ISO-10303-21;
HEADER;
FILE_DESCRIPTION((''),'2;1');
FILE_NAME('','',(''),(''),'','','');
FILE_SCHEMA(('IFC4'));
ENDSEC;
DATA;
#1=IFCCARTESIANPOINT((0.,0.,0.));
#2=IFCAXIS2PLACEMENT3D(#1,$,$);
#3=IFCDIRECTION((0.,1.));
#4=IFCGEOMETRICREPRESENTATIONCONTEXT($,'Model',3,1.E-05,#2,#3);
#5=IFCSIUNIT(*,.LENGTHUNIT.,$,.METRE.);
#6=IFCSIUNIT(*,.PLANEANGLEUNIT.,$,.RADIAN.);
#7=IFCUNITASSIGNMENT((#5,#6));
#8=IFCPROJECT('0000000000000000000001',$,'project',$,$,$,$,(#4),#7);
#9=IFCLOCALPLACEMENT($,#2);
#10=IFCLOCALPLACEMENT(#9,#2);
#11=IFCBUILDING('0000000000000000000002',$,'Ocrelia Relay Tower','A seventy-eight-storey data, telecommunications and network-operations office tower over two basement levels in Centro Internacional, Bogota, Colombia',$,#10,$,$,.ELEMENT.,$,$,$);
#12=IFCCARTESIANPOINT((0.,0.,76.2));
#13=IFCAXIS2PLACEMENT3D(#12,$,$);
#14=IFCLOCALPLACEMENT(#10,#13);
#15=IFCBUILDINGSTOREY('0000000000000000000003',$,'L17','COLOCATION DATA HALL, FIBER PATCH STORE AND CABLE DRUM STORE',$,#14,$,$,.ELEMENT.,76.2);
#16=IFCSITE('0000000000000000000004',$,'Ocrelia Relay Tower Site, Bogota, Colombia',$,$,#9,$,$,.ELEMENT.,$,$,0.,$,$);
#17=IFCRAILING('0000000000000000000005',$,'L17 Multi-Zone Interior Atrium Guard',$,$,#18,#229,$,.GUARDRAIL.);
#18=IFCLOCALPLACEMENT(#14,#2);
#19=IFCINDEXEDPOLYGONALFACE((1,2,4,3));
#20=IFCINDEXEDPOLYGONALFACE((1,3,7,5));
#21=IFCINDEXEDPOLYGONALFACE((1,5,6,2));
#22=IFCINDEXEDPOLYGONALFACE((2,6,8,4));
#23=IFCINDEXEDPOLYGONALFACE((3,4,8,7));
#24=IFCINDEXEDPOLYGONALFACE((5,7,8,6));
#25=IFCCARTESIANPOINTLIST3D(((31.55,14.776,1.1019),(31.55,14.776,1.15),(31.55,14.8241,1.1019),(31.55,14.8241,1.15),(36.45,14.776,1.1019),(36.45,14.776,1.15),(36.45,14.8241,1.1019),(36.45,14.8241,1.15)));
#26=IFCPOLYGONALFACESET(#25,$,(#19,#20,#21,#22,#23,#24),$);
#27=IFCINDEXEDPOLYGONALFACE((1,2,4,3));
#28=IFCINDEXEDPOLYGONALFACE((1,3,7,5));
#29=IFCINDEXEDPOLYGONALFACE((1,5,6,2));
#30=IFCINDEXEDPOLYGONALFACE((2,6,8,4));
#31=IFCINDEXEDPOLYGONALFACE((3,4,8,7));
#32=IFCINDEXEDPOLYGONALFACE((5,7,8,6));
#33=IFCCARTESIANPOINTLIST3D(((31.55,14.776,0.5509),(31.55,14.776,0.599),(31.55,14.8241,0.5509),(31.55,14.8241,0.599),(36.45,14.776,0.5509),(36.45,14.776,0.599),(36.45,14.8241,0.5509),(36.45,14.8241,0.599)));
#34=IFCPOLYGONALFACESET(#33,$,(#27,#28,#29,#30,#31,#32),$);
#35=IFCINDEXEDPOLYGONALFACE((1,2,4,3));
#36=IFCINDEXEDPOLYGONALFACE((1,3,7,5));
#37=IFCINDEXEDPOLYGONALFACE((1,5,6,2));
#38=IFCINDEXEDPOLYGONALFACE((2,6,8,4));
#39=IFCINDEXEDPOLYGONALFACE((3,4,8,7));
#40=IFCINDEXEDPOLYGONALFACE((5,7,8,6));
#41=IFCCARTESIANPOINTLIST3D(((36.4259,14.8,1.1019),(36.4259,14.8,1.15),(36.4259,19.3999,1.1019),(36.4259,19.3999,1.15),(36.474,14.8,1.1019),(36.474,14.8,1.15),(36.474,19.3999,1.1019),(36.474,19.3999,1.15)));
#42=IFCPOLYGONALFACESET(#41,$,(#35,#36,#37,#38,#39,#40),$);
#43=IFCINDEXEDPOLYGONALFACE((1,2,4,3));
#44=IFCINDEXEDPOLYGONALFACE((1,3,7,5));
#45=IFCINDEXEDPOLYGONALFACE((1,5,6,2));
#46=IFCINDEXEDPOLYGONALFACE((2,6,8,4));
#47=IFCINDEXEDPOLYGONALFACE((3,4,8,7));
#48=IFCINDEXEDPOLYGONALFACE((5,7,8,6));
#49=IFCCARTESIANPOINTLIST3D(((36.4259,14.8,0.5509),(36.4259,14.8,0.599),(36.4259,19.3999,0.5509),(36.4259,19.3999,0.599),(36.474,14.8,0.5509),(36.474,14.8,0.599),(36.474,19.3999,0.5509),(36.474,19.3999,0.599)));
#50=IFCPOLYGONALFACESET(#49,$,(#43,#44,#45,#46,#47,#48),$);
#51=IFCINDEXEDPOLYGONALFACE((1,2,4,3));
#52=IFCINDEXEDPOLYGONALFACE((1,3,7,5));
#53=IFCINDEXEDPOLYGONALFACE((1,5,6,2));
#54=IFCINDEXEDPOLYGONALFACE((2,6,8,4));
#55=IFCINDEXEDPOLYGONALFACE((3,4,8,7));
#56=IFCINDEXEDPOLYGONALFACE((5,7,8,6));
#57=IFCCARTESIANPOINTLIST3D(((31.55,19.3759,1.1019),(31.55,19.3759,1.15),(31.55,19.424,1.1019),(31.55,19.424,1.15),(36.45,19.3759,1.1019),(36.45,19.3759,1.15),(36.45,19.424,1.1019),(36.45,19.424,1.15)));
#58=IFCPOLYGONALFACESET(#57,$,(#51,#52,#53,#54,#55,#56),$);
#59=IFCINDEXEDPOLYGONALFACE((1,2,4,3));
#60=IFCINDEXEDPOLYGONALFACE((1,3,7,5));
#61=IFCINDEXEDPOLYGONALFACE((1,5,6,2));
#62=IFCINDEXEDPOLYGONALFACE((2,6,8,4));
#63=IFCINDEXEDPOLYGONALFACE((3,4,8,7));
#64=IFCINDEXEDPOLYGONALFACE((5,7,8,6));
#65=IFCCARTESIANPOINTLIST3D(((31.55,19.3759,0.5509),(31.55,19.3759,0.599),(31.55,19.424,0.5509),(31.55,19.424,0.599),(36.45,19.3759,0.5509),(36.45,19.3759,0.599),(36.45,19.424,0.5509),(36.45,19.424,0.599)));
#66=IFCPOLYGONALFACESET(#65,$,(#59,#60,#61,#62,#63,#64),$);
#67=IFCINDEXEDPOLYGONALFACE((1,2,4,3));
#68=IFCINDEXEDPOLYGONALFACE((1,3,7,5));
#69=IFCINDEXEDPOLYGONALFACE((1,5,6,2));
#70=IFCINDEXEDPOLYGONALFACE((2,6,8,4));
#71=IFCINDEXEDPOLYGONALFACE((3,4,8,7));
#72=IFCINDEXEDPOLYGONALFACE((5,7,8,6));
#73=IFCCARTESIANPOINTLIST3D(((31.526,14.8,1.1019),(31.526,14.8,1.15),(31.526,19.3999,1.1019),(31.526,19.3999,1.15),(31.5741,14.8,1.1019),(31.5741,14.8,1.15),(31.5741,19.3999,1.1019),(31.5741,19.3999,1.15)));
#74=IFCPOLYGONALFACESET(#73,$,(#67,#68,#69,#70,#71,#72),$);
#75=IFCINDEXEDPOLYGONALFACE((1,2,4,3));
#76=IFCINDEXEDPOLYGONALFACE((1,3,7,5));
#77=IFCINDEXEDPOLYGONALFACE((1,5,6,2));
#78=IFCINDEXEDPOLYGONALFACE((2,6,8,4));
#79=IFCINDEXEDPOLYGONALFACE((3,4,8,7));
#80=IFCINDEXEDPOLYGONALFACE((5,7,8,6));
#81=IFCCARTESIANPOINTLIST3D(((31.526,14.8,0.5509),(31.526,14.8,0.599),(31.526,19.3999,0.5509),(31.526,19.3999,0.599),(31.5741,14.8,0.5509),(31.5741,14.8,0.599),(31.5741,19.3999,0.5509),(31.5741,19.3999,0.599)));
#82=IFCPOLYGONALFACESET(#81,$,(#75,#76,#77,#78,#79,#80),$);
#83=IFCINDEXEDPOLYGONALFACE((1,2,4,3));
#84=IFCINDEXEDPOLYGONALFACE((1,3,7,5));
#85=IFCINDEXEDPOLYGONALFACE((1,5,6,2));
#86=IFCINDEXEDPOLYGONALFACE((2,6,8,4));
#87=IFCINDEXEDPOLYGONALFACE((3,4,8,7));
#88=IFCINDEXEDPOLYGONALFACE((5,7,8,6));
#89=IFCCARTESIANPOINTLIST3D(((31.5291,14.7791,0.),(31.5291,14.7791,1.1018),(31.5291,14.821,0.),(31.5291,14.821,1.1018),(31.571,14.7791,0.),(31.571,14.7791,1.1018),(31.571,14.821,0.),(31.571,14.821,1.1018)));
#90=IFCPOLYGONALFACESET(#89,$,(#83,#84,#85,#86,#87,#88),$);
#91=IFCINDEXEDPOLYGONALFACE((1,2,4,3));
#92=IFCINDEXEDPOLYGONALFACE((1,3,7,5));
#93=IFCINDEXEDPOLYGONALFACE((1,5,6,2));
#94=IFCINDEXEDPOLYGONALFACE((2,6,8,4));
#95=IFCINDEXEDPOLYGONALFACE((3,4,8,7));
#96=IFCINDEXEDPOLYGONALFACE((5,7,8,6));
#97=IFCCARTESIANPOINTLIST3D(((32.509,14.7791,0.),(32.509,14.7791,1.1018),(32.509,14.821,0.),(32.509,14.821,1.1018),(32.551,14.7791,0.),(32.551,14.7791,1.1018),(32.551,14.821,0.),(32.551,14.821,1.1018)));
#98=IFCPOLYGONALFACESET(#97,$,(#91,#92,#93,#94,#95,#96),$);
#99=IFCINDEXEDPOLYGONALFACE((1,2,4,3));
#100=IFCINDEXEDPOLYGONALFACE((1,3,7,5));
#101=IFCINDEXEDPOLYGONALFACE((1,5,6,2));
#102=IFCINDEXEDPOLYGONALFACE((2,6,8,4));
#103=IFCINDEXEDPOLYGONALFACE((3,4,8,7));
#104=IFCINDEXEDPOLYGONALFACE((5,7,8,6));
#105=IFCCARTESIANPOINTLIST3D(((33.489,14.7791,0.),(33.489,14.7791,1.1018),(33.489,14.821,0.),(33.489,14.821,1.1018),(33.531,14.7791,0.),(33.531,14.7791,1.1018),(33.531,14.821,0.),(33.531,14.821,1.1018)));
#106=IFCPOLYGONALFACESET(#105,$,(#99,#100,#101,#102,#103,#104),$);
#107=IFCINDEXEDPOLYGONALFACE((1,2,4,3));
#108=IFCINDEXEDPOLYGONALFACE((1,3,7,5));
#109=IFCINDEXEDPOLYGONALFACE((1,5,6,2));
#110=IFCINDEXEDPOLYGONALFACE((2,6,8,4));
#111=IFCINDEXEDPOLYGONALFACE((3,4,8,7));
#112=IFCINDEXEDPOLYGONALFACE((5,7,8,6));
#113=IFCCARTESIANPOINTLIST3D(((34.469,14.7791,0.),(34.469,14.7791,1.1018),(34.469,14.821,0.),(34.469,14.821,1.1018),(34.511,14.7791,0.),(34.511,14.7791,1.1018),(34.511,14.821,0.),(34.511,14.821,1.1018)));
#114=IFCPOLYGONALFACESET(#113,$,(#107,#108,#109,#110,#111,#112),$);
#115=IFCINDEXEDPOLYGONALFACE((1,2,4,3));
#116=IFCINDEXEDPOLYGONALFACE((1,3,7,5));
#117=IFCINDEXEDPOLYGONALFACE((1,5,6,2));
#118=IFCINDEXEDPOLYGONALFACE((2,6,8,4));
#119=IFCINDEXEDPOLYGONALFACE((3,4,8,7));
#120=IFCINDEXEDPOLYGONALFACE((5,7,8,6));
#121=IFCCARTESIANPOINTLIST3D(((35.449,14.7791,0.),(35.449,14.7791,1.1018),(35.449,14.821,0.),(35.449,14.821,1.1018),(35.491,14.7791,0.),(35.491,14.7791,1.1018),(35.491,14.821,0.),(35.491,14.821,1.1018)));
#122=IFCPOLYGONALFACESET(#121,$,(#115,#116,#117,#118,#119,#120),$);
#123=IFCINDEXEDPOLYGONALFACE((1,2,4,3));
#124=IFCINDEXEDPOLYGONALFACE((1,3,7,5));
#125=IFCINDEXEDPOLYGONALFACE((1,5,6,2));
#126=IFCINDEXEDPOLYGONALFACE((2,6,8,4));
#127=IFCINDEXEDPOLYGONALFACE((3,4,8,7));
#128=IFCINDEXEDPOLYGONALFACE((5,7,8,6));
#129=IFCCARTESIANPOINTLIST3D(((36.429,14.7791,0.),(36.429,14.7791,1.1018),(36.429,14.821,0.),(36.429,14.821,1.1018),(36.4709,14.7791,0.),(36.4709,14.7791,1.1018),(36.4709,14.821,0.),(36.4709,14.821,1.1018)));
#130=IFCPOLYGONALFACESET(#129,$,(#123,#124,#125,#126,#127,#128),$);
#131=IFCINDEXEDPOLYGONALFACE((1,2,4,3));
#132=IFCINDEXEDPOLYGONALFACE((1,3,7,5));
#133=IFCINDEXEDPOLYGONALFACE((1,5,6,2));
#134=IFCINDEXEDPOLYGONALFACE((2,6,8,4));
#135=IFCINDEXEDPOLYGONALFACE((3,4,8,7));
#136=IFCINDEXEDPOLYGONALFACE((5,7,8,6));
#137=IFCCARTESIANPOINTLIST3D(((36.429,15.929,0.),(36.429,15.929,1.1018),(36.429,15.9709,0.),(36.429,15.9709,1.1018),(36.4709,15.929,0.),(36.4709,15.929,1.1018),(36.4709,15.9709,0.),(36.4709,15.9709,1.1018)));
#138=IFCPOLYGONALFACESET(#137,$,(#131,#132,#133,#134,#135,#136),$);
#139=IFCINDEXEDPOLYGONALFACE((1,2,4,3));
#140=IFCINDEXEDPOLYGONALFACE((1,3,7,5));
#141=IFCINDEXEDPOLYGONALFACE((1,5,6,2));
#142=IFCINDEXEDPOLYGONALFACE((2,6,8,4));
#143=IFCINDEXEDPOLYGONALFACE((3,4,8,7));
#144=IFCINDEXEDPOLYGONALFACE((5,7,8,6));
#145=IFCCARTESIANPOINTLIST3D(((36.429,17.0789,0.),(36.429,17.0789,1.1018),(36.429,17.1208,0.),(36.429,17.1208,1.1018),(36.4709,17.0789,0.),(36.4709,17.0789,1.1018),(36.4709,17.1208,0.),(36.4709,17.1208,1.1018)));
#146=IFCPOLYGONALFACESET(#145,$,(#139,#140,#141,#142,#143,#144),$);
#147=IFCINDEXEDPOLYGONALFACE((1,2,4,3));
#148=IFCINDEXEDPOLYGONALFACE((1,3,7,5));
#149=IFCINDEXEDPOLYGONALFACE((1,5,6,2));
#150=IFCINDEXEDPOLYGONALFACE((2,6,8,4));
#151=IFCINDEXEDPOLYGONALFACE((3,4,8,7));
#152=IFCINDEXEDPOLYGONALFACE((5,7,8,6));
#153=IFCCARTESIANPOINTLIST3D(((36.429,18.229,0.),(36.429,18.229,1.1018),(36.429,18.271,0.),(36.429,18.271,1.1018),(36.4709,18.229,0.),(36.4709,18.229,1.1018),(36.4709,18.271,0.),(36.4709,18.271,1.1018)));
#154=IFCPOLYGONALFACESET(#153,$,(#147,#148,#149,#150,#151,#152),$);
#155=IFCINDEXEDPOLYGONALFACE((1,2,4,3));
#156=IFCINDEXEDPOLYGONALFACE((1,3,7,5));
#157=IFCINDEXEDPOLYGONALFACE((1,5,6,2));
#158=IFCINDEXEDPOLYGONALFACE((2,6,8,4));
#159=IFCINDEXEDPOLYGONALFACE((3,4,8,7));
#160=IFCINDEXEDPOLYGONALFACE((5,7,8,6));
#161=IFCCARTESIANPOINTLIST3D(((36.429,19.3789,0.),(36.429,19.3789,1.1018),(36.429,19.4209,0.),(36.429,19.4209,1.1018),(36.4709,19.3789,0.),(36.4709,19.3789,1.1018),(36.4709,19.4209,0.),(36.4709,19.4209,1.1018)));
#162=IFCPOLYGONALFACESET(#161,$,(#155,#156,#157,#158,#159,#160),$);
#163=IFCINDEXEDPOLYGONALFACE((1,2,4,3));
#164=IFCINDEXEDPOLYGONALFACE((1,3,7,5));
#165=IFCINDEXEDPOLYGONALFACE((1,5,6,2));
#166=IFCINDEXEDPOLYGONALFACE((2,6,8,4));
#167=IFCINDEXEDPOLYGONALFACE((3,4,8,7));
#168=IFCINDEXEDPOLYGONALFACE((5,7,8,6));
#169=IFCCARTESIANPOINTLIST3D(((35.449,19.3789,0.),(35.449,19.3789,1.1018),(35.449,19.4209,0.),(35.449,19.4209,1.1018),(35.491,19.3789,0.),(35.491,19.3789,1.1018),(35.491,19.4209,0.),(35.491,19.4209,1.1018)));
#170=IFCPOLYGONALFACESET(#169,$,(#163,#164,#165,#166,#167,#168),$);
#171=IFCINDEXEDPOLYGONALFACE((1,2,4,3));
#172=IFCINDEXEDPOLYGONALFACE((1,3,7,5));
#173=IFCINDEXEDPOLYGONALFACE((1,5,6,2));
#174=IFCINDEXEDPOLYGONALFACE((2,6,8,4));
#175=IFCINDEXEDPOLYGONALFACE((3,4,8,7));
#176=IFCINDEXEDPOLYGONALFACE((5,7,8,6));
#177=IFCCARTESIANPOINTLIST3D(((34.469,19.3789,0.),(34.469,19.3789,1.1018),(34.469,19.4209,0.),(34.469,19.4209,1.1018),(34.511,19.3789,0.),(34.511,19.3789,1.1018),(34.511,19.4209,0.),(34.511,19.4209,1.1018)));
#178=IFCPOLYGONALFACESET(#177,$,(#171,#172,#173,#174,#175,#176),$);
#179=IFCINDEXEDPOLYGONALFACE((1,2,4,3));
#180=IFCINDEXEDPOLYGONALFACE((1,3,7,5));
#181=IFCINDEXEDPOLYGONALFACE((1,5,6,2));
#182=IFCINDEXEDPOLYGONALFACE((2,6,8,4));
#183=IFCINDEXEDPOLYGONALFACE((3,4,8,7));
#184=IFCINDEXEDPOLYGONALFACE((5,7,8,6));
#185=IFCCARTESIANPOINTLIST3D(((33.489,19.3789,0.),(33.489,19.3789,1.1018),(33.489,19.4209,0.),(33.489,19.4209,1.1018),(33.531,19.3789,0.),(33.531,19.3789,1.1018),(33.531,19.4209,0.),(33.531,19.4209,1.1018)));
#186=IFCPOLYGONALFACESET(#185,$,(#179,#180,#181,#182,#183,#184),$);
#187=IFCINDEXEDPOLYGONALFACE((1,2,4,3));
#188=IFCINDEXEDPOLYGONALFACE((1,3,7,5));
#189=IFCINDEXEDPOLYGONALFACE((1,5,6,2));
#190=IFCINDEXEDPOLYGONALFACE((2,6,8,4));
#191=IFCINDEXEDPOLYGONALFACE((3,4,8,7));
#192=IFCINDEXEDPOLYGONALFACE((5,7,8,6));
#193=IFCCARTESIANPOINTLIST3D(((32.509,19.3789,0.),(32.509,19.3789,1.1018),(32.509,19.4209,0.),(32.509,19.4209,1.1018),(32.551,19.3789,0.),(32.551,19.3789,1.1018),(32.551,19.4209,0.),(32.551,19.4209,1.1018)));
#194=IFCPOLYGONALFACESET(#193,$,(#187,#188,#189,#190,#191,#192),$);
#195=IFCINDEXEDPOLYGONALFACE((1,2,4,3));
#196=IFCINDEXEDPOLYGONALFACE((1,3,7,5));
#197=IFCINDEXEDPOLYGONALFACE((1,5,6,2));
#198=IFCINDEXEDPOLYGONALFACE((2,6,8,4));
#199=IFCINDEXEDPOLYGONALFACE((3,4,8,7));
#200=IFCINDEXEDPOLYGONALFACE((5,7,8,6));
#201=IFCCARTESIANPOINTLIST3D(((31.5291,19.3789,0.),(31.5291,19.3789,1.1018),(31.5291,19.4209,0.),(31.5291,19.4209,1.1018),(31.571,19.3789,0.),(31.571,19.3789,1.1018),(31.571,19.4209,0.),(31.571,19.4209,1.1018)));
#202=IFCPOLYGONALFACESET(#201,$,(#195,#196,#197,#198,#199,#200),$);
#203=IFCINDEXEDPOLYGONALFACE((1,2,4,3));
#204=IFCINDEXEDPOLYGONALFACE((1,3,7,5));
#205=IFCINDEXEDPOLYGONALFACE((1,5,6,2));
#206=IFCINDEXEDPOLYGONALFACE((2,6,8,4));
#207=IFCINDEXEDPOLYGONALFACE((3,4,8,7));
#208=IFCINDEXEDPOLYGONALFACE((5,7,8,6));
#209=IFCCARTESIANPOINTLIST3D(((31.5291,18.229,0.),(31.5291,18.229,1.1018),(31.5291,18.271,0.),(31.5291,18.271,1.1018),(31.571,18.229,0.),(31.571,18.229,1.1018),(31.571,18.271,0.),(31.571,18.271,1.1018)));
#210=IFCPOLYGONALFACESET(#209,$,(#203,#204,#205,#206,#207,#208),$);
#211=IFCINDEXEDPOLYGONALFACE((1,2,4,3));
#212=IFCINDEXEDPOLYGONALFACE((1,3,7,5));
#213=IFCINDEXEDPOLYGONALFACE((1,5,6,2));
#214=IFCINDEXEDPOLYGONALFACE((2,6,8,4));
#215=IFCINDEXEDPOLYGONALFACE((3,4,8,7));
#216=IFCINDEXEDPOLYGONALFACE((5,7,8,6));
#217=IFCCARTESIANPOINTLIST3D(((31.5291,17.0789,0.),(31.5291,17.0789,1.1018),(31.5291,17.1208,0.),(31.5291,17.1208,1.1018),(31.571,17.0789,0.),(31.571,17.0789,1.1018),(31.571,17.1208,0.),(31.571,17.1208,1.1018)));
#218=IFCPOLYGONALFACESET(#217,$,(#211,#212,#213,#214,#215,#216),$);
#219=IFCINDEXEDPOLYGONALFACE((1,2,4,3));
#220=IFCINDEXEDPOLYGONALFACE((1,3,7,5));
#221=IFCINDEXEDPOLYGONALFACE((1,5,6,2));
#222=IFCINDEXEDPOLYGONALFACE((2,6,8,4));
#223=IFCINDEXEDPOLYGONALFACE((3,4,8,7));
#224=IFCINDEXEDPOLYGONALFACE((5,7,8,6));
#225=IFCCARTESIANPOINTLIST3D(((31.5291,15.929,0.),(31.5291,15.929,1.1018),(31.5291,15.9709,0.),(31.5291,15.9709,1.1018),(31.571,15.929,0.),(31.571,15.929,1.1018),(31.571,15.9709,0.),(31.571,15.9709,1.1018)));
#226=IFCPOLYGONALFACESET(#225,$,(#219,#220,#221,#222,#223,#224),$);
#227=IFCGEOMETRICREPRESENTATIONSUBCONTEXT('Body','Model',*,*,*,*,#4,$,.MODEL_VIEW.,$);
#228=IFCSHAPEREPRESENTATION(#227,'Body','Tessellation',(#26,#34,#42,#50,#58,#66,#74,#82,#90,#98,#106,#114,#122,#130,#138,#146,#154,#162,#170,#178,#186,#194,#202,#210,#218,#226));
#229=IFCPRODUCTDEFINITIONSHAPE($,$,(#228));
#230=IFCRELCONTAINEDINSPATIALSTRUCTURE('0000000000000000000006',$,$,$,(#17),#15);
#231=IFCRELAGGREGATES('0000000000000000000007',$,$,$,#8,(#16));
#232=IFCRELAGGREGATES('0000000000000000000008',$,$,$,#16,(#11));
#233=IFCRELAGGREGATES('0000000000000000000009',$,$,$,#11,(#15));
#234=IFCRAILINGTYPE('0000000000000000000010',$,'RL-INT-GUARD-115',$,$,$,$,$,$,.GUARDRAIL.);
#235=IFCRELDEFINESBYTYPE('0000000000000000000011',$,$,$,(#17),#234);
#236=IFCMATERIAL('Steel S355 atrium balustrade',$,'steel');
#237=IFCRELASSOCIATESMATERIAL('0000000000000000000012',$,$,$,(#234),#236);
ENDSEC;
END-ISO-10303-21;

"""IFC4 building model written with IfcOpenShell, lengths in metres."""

from ifc_helpers import new_model, si_unit, direction, frame, origin, origin_2d, place, context, subcontext, project, spatial, rectangle, extrude, material, type_object, element, save


model = new_model("IFC4")

# Units and contexts
model_context = context("Model", 3, precision=1e-05, world=origin(), true_north=direction((0.0, 1.0)))
body_context = subcontext(model_context, "Body", "Model", "MODEL_VIEW")
ifc_project = project(units=[si_unit("LENGTHUNIT", "METRE"), si_unit("PLANEANGLEUNIT", "RADIAN")], contexts=[model_context])

# Site, building, storey
site_placement = place(None, origin())
site = spatial("IfcSite", under=ifc_project, at=site_placement, Name="Ocrelia Relay Tower Site, Bogota, Colombia", CompositionType="ELEMENT", RefElevation=0.0)
building_placement = place(site_placement, origin())
building = spatial("IfcBuilding", under=site, at=building_placement, Name="Ocrelia Relay Tower", Description="A seventy-eight-storey data, telecommunications and network-operations office tower over two basement levels in Centro Internacional, Bogota, Colombia", CompositionType="ELEMENT")
storey_placement = place(building_placement, frame((0.0, 0.0, 76.2)))
storey = spatial("IfcBuildingStorey", under=building, at=storey_placement, Name="L17", Description="COLOCATION DATA HALL, FIBER PATCH STORE AND CABLE DRUM STORE", CompositionType="ELEMENT", Elevation=76.2)

# Railing
ifc_material_1 = material(Name="Steel S355 atrium balustrade", Category="steel")
railing_type_1 = type_object("IfcRailingType", Name="RL-INT-GUARD-115", PredefinedType="GUARDRAIL", material=ifc_material_1)
railing_1_placement = place(storey_placement, frame((31.55, 14.8, 0.0)))
element("IfcRailing", 1, at=railing_1_placement, inside=storey, type_object=railing_type_1, Name="L17 Multi-Zone Interior Atrium Guard", PredefinedType="GUARDRAIL", context=body_context, shape_type="SweptSolid", body=[
    extrude(rectangle(XDim=0.0481, YDim=0.0481, at=origin_2d()), frame((0.0, 0.0, 1.126), z_axis=(1.0, 0.0, 0.0), x_axis=(0.0, 1.0, 0.0)), (0.0, 0.0, 1.0), 4.8999),
    extrude(rectangle(XDim=0.0481, YDim=0.0481, at=origin_2d()), frame((0.0, 0.0, 0.575), z_axis=(1.0, 0.0, 0.0), x_axis=(0.0, 1.0, 0.0)), (0.0, 0.0, 1.0), 4.8999),
    extrude(rectangle(XDim=0.0481, YDim=0.0481, at=origin_2d()), frame((4.8999, 0.0, 1.126), z_axis=(0.0, 1.0, 0.0), x_axis=(-1.0, 0.0, 0.0)), (0.0, 0.0, 1.0), 4.5999),
    extrude(rectangle(XDim=0.0481, YDim=0.0481, at=origin_2d()), frame((4.8999, 0.0, 0.575), z_axis=(0.0, 1.0, 0.0), x_axis=(-1.0, 0.0, 0.0)), (0.0, 0.0, 1.0), 4.5999),
    extrude(rectangle(XDim=0.0481, YDim=0.0481, at=origin_2d()), frame((4.8999, 4.5999, 1.126), z_axis=(-1.0, 0.0, 0.0), x_axis=(0.0, -1.0, 0.0)), (0.0, 0.0, 1.0), 4.8999),
    extrude(rectangle(XDim=0.0481, YDim=0.0481, at=origin_2d()), frame((4.8999, 4.5999, 0.575), z_axis=(-1.0, 0.0, 0.0), x_axis=(0.0, -1.0, 0.0)), (0.0, 0.0, 1.0), 4.8999),
    extrude(rectangle(XDim=0.0481, YDim=0.0481, at=origin_2d()), frame((0.0, 4.5999, 1.126), z_axis=(0.0, -1.0, 0.0), x_axis=(1.0, 0.0, 0.0)), (0.0, 0.0, 1.0), 4.5999),
    extrude(rectangle(XDim=0.0481, YDim=0.0481, at=origin_2d()), frame((0.0, 4.5999, 0.575), z_axis=(0.0, -1.0, 0.0), x_axis=(1.0, 0.0, 0.0)), (0.0, 0.0, 1.0), 4.5999),
    extrude(rectangle(XDim=0.042, YDim=0.042, at=origin_2d()), origin(), (0.0, 0.0, 1.0), 1.1018),
    extrude(rectangle(XDim=0.042, YDim=0.042, at=origin_2d()), frame((0.98, 0.0, 0.0)), (0.0, 0.0, 1.0), 1.1018),
    extrude(rectangle(XDim=0.042, YDim=0.042, at=origin_2d()), frame((1.96, 0.0, 0.0)), (0.0, 0.0, 1.0), 1.1018),
    extrude(rectangle(XDim=0.042, YDim=0.042, at=origin_2d()), frame((2.9399, 0.0, 0.0)), (0.0, 0.0, 1.0), 1.1018),
    extrude(rectangle(XDim=0.042, YDim=0.042, at=origin_2d()), frame((3.9199, 0.0, 0.0)), (0.0, 0.0, 1.0), 1.1018),
    extrude(rectangle(XDim=0.042, YDim=0.042, at=origin_2d()), frame((4.8999, 0.0, 0.0)), (0.0, 0.0, 1.0), 1.1018),
    extrude(rectangle(XDim=0.042, YDim=0.042, at=origin_2d()), frame((4.8999, 1.1499, 0.0)), (0.0, 0.0, 1.0), 1.1018),
    extrude(rectangle(XDim=0.042, YDim=0.042, at=origin_2d()), frame((4.8999, 2.2998, 0.0)), (0.0, 0.0, 1.0), 1.1018),
    extrude(rectangle(XDim=0.042, YDim=0.042, at=origin_2d()), frame((4.8999, 3.45, 0.0)), (0.0, 0.0, 1.0), 1.1018),
    extrude(rectangle(XDim=0.042, YDim=0.042, at=origin_2d()), frame((4.8999, 4.5999, 0.0)), (0.0, 0.0, 1.0), 1.1018),
    extrude(rectangle(XDim=0.042, YDim=0.042, at=origin_2d()), frame((3.9199, 4.5999, 0.0)), (0.0, 0.0, 1.0), 1.1018),
    extrude(rectangle(XDim=0.042, YDim=0.042, at=origin_2d()), frame((2.9399, 4.5999, 0.0)), (0.0, 0.0, 1.0), 1.1018),
    extrude(rectangle(XDim=0.042, YDim=0.042, at=origin_2d()), frame((1.96, 4.5999, 0.0)), (0.0, 0.0, 1.0), 1.1018),
    extrude(rectangle(XDim=0.042, YDim=0.042, at=origin_2d()), frame((0.98, 4.5999, 0.0)), (0.0, 0.0, 1.0), 1.1018),
    extrude(rectangle(XDim=0.042, YDim=0.042, at=origin_2d()), frame((0.0, 4.5999, 0.0)), (0.0, 0.0, 1.0), 1.1018),
    extrude(rectangle(XDim=0.042, YDim=0.042, at=origin_2d()), frame((0.0, 3.45, 0.0)), (0.0, 0.0, 1.0), 1.1018),
    extrude(rectangle(XDim=0.042, YDim=0.042, at=origin_2d()), frame((0.0, 2.2998, 0.0)), (0.0, 0.0, 1.0), 1.1018),
    extrude(rectangle(XDim=0.042, YDim=0.042, at=origin_2d()), frame((0.0, 1.1499, 0.0)), (0.0, 0.0, 1.0), 1.1018),
])

save(model, "model.ifc")
